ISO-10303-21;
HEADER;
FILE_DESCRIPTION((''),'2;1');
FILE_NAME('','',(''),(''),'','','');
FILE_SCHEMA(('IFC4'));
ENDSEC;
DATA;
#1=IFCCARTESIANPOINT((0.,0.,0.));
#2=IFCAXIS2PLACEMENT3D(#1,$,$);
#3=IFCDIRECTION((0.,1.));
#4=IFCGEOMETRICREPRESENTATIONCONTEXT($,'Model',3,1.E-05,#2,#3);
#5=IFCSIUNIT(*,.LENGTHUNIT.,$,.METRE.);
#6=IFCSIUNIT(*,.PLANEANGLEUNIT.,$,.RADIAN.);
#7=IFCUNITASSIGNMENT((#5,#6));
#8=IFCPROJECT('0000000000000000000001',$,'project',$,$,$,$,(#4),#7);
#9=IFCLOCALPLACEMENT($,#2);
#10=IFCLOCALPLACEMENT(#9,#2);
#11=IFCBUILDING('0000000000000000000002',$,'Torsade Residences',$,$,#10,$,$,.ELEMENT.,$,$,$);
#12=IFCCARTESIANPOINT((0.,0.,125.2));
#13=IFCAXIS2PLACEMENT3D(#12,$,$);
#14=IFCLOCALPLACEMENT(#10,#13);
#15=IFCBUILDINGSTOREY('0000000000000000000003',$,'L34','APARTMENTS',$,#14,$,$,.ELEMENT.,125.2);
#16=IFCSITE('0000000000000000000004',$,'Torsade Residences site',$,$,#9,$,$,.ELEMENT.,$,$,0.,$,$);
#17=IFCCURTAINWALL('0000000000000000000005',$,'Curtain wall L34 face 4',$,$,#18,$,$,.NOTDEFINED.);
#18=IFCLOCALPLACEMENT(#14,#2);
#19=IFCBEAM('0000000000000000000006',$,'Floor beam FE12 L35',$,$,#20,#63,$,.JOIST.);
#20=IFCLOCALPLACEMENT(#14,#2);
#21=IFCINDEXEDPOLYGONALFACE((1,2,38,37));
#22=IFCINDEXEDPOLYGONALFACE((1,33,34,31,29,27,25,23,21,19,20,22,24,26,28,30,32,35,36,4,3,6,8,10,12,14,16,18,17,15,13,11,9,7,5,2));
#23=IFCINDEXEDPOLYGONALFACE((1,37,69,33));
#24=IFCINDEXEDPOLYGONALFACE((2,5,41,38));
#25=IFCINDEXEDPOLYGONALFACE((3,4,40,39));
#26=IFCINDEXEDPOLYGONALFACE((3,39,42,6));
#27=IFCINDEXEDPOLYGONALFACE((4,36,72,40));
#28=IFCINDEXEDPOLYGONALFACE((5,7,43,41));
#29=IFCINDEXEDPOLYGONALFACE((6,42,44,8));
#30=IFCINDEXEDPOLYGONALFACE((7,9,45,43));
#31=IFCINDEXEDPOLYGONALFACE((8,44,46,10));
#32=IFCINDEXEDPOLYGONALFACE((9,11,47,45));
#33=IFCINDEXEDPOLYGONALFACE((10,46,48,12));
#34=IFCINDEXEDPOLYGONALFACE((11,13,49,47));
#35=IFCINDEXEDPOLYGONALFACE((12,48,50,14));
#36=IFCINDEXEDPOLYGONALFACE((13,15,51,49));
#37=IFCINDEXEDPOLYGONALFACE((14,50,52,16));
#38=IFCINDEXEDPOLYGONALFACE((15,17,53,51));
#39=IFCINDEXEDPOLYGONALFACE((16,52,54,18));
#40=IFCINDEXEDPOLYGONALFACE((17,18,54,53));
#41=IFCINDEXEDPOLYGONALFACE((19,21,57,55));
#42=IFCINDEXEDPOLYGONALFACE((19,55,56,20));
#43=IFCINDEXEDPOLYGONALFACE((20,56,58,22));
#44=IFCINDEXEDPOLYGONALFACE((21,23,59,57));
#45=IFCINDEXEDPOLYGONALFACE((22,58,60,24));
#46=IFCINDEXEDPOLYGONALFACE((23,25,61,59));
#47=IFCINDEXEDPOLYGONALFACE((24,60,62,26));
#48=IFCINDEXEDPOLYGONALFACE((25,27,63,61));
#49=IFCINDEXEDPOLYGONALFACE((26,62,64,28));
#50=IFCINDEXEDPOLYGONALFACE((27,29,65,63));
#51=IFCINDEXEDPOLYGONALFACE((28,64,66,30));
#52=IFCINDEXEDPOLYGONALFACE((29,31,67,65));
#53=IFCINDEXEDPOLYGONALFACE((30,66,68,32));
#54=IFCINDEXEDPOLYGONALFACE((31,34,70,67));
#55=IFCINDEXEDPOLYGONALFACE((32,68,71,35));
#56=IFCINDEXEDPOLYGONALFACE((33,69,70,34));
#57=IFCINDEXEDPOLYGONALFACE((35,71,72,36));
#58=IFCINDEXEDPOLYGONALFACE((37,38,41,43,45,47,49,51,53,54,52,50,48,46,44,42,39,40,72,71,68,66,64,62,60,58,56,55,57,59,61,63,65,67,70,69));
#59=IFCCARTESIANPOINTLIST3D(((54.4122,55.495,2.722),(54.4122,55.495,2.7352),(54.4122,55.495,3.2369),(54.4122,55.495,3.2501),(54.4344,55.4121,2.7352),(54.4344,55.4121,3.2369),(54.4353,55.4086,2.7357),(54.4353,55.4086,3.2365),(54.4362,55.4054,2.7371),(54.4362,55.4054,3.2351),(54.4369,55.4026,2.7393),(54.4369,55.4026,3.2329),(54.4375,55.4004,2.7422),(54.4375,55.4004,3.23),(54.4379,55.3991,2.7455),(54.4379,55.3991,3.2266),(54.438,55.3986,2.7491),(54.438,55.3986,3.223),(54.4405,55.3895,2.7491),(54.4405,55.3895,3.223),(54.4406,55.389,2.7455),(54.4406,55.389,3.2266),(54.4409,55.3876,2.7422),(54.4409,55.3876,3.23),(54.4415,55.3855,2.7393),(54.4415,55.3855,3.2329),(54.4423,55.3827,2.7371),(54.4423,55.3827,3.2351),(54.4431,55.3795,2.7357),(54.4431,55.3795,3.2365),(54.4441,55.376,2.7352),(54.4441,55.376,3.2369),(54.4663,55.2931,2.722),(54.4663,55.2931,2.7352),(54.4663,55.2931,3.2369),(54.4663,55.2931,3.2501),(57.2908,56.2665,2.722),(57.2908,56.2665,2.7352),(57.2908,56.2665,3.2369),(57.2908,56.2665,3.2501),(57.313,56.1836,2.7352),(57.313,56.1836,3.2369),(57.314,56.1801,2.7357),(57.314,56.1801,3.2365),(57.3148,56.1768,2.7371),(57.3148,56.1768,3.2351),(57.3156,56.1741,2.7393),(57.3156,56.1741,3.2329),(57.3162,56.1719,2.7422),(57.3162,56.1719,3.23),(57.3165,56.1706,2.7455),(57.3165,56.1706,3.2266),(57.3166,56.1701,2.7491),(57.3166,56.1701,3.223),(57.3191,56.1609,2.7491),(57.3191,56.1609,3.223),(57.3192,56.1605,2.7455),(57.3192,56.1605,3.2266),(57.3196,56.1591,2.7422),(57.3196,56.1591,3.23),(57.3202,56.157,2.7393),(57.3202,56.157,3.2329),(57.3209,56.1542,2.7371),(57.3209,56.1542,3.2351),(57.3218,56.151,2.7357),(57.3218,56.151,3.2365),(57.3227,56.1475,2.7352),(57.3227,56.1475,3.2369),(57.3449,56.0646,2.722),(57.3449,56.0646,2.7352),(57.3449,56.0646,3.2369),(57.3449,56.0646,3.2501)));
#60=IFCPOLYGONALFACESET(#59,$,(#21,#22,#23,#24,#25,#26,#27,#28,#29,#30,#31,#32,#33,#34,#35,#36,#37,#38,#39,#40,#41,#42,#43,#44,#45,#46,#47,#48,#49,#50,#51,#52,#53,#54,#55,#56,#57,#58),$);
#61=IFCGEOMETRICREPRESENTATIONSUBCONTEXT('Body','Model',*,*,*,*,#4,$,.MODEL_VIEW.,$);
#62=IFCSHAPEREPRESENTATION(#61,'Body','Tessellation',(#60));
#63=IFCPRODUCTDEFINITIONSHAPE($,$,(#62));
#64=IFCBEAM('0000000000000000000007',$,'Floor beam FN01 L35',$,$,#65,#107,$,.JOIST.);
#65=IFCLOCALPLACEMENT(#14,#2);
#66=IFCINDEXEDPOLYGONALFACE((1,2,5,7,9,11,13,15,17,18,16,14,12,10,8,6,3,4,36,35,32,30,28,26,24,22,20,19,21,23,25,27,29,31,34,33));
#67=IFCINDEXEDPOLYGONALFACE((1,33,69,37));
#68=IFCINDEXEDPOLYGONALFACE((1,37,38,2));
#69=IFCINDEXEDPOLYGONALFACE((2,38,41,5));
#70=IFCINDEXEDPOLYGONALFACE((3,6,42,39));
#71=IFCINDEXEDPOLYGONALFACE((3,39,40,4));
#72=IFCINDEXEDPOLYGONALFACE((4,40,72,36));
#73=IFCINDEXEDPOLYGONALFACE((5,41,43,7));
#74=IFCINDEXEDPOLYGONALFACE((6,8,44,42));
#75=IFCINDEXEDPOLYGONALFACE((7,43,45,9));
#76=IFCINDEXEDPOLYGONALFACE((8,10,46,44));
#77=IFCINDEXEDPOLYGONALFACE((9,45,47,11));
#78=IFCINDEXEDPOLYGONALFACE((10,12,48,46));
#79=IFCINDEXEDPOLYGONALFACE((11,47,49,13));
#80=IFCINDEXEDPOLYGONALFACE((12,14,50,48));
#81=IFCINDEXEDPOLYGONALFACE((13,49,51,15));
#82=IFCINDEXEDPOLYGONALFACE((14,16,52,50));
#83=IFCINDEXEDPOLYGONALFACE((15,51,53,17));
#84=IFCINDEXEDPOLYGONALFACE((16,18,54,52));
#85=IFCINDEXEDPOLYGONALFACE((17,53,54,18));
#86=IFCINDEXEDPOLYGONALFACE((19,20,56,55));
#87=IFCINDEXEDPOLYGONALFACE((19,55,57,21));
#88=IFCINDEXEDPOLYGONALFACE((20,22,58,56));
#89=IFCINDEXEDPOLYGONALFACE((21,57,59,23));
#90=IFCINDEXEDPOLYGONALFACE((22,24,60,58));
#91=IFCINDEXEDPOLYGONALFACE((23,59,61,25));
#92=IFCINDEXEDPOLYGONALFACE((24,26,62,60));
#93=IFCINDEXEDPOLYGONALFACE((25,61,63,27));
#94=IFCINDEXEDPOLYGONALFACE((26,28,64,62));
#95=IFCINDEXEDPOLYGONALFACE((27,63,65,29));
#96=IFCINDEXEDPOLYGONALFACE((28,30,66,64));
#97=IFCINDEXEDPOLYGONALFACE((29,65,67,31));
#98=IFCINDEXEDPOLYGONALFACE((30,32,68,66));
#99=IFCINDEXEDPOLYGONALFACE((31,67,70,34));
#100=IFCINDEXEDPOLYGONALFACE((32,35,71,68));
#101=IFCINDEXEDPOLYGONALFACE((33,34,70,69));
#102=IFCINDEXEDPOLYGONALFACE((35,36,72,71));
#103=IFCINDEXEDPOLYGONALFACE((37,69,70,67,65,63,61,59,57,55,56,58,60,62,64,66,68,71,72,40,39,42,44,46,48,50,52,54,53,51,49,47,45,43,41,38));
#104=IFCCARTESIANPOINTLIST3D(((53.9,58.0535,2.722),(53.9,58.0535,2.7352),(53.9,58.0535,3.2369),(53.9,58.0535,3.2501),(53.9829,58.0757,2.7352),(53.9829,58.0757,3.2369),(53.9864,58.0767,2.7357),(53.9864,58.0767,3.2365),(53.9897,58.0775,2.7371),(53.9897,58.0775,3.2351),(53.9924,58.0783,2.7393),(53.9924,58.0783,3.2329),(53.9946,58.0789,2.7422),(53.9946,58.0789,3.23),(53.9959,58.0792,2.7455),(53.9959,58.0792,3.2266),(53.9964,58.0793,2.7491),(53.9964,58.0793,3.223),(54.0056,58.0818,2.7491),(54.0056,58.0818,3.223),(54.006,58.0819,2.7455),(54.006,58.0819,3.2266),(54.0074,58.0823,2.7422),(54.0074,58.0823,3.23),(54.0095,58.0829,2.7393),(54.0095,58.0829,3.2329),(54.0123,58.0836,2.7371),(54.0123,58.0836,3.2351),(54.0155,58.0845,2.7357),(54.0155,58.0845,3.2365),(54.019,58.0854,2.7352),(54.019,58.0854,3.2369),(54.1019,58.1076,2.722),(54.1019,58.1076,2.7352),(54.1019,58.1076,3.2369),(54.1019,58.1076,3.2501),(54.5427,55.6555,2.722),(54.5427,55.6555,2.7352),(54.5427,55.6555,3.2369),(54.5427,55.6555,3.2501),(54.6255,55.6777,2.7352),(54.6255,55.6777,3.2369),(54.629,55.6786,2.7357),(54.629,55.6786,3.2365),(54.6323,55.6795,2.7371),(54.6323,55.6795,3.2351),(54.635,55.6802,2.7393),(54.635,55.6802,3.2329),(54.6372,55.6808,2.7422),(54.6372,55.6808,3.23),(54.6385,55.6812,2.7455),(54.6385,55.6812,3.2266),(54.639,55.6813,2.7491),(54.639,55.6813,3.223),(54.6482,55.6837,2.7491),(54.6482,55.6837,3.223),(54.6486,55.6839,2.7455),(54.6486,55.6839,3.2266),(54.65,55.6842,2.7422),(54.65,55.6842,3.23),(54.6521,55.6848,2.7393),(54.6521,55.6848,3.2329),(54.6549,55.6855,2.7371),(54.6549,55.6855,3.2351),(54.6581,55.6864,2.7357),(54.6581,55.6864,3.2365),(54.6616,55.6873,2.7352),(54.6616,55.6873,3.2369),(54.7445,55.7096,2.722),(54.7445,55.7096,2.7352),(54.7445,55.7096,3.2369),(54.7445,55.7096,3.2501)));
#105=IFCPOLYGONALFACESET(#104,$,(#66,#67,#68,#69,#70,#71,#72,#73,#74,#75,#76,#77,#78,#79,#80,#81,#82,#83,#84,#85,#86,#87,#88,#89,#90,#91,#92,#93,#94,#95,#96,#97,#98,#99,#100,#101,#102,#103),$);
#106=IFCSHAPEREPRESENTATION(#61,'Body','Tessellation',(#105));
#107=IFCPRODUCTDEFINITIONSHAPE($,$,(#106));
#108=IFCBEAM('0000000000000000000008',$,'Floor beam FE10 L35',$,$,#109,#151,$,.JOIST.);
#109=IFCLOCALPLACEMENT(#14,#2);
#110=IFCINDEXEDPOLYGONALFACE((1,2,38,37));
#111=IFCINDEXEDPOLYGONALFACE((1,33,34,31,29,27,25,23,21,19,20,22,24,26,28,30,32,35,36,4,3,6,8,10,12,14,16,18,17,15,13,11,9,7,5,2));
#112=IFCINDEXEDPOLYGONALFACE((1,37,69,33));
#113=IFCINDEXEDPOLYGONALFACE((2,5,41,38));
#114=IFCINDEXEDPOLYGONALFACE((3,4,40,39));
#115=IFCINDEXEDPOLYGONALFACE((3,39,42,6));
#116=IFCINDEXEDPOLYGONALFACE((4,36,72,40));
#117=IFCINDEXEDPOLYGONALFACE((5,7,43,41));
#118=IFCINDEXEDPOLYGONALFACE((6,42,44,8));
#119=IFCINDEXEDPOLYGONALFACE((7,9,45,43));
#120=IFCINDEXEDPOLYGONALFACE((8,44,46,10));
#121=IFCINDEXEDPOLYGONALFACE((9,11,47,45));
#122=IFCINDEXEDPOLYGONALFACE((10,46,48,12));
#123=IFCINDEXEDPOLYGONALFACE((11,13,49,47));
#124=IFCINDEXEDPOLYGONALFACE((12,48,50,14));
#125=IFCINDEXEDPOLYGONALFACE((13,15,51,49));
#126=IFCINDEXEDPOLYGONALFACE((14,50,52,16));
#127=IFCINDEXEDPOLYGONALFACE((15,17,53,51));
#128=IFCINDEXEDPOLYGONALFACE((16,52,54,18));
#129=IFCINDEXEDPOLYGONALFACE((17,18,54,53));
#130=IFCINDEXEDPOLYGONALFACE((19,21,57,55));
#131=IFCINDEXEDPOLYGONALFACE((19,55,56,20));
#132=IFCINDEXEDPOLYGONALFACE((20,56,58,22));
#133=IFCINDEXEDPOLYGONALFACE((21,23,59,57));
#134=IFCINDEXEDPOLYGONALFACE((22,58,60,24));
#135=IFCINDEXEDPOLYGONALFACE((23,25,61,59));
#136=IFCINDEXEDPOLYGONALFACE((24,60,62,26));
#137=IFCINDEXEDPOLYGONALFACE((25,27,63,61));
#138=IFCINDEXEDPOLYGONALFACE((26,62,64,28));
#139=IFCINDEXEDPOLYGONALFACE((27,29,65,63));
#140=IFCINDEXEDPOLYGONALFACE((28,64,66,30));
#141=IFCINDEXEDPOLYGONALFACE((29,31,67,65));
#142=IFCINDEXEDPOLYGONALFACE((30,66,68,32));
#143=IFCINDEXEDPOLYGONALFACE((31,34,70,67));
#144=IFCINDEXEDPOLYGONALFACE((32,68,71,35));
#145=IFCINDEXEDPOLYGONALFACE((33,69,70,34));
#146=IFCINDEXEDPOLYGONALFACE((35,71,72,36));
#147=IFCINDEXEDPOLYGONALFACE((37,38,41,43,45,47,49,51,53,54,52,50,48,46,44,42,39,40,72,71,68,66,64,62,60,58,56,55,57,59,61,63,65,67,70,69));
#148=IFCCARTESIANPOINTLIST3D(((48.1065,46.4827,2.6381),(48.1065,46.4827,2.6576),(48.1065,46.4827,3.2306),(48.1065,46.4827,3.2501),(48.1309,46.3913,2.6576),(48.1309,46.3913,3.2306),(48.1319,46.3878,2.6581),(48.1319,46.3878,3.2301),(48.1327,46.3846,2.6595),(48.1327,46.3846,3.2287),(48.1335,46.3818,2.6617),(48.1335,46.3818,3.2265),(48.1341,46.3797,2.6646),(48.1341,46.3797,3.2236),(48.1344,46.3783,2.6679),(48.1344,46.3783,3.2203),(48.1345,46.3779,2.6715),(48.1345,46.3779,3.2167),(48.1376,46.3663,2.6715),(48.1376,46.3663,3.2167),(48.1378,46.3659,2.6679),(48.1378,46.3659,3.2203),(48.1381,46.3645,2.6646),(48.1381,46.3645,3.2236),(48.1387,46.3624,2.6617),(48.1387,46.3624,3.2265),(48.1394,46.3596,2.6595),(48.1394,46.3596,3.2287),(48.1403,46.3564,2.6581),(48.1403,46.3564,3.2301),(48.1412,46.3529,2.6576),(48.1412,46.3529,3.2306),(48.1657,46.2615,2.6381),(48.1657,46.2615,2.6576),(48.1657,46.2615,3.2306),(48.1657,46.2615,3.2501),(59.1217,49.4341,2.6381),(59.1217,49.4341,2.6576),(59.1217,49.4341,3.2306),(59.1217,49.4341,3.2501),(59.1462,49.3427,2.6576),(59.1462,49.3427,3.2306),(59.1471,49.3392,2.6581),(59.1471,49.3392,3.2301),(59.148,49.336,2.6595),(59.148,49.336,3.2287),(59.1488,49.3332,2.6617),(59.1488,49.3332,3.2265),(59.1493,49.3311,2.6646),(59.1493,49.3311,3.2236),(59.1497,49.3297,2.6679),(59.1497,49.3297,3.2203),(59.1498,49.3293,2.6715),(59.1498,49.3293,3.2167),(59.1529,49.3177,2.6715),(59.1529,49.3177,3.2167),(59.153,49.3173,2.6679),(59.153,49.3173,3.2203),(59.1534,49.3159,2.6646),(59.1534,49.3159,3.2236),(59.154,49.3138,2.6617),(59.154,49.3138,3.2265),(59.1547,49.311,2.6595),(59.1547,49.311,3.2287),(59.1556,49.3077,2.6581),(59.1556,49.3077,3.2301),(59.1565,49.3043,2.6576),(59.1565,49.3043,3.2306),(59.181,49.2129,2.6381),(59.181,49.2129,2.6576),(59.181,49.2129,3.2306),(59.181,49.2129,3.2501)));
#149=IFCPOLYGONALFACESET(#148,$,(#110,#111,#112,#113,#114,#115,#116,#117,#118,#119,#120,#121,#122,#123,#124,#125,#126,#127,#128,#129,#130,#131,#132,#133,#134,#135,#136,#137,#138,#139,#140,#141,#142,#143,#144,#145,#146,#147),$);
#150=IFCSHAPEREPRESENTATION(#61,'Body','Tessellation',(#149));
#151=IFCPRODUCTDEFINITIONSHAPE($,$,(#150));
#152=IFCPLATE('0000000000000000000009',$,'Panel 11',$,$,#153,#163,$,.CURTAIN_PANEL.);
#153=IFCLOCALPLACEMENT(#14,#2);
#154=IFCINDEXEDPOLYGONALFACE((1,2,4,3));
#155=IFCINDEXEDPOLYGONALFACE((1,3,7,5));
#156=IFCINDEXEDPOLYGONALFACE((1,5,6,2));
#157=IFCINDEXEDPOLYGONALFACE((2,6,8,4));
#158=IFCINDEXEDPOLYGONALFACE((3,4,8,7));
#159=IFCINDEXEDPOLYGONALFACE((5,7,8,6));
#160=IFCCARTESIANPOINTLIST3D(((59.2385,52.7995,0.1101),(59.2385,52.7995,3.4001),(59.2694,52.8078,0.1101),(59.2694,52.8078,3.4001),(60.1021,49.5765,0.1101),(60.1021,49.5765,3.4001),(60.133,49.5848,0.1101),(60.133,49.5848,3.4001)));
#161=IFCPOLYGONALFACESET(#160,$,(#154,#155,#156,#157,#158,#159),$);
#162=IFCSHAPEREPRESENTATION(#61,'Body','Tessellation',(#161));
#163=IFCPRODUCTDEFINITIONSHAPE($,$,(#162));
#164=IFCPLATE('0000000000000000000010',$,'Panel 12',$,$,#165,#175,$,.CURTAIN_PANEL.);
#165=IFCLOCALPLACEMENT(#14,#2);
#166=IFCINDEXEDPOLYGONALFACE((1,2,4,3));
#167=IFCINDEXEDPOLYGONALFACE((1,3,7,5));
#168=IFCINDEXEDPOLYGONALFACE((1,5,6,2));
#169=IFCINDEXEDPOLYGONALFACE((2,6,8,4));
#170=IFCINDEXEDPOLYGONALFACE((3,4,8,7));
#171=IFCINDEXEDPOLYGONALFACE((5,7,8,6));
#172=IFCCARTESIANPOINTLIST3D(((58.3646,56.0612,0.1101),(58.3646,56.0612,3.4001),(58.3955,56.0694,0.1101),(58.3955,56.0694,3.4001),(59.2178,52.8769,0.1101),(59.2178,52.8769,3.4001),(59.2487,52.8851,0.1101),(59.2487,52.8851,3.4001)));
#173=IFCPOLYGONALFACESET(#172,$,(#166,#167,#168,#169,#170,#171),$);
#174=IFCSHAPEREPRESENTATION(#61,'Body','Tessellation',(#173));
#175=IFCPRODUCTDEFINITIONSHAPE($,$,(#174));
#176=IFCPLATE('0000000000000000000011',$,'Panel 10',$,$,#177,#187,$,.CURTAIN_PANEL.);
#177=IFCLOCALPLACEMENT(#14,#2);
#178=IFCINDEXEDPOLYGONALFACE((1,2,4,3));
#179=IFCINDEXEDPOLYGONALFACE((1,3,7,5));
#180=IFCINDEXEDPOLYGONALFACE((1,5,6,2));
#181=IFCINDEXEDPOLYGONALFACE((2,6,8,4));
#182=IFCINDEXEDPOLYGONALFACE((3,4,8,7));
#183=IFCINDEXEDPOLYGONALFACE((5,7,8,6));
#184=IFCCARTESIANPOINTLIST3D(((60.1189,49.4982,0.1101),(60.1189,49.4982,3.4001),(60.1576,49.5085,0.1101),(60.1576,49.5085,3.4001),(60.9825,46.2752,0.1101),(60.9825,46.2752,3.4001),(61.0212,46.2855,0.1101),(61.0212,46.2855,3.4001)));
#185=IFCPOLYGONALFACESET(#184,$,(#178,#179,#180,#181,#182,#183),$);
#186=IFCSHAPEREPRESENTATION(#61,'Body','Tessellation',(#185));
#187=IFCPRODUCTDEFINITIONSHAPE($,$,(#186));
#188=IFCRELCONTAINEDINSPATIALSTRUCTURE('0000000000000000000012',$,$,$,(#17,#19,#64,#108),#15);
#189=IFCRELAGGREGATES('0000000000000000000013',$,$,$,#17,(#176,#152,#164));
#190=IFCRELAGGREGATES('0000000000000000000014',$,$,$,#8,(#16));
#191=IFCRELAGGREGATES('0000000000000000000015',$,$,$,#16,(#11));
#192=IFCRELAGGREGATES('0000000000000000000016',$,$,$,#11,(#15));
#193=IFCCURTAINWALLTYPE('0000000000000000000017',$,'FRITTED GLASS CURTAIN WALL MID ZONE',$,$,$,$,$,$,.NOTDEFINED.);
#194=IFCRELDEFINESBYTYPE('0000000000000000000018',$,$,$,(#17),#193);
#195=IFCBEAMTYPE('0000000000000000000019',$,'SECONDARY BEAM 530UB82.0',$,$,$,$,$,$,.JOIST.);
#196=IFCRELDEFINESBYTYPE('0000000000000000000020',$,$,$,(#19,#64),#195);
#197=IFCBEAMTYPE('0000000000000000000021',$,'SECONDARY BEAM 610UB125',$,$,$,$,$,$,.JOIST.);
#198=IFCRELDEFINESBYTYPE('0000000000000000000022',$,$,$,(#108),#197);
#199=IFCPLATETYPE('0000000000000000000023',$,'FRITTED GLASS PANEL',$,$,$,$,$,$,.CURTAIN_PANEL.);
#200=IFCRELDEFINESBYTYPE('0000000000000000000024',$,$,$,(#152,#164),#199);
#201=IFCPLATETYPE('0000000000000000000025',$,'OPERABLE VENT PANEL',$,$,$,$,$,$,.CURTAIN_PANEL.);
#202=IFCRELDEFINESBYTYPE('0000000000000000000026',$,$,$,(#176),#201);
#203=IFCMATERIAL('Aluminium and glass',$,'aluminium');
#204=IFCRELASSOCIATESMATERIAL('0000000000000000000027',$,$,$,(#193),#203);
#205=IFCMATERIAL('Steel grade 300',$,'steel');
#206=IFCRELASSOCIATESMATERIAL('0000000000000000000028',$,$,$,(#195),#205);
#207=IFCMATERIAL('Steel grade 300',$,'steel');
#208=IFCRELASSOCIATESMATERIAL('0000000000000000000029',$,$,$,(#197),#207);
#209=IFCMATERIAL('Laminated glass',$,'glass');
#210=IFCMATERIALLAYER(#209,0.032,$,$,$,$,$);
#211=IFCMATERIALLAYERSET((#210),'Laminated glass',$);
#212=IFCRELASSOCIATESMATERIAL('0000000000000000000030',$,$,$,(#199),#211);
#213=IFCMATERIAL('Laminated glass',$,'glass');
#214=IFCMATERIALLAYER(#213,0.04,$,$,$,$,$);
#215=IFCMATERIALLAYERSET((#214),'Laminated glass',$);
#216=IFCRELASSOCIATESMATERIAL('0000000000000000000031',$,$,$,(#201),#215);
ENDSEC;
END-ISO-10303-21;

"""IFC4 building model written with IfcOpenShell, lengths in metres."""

from ifc_helpers import new_model, si_unit, direction, frame, origin, origin_2d, place, context, subcontext, project, spatial, rectangle, i_section, extrude, material, layer, layer_set, material_profile, profile_set, type_object, element, aggregate, save


model = new_model("IFC4")

# Units and contexts
model_context = context("Model", 3, precision=1e-05, world=origin(), true_north=direction((0.0, 1.0)))
body_context = subcontext(model_context, "Body", "Model", "MODEL_VIEW")
ifc_project = project(units=[si_unit("LENGTHUNIT", "METRE"), si_unit("PLANEANGLEUNIT", "RADIAN")], contexts=[model_context])

# Site, building, storey
site_placement = place(None, origin())
site = spatial("IfcSite", under=ifc_project, at=site_placement, Name="Torsade Residences site", CompositionType="ELEMENT", RefElevation=0.0)
building_placement = place(site_placement, origin())
building = spatial("IfcBuilding", under=site, at=building_placement, Name="Torsade Residences", CompositionType="ELEMENT")
storey_placement = place(building_placement, frame((0.0, 0.0, 125.2)))
storey = spatial("IfcBuildingStorey", under=building, at=storey_placement, Name="L34", Description="APARTMENTS", CompositionType="ELEMENT", Elevation=125.2)

# Curtain wall
ifc_material_1 = material(Name="Aluminium and glass", Category="aluminium")
curtain_wall_type = type_object("IfcCurtainWallType", Name="FRITTED GLASS CURTAIN WALL MID ZONE", PredefinedType="NOTDEFINED", material=ifc_material_1)
curtain_wall_1_placement = place(storey_placement, origin())
curtain_wall_1 = element("IfcCurtainWall", 1, at=curtain_wall_1_placement, inside=storey, type_object=curtain_wall_type, Name="Curtain wall L34 face 4", PredefinedType="NOTDEFINED")

# Beams
ifc_material_2 = material(Name="Steel grade 300", Category="steel")
ifc_material_profile_1 = material_profile(ifc_material_2, i_section(OverallWidth=0.209, OverallDepth=0.5281, WebThickness=0.0095, FlangeThickness=0.0132, FilletRadius=0.0139, at=origin_2d()), Name="530UB82.0")
ifc_profile_set_1 = profile_set([ifc_material_profile_1], Name="Steel grade 300")
beam_type_1 = type_object("IfcBeamType", Name="SECONDARY BEAM 530UB82.0", PredefinedType="JOIST", material=ifc_profile_set_1)
beam_1_placement = place(storey_placement, frame((57.3179, 56.1655, 2.9861), z_axis=(-0.965913, -0.258866, 0.0), x_axis=(0.258866, -0.965913, 0.0)))
element("IfcBeam", 2, at=beam_1_placement, inside=storey, type_object=beam_type_1, Name="Floor beam FE12 L35", PredefinedType="JOIST", context=body_context, shape_type="SweptSolid", body=[
    extrude(i_section(OverallWidth=0.209, OverallDepth=0.5281, WebThickness=0.0095, FlangeThickness=0.0132, FilletRadius=0.0139, at=origin_2d()), origin(), (0.0, 0.0, 1.0), 2.9802),
])
beam_2_placement = place(storey_placement, frame((54.001, 58.0806, 2.9861), z_axis=(0.258838, -0.965921, 0.0), x_axis=(0.965921, 0.258838, 0.0)))
element("IfcBeam", 3, at=beam_2_placement, inside=storey, type_object=beam_type_1, Name="Floor beam FN01 L35", PredefinedType="JOIST", context=body_context, shape_type="SweptSolid", body=[
    extrude(i_section(OverallWidth=0.209, OverallDepth=0.5281, WebThickness=0.0095, FlangeThickness=0.0132, FilletRadius=0.0139, at=origin_2d()), origin(), (0.0, 0.0, 1.0), 2.4827),
])
ifc_material_3 = material(Name="Steel grade 300", Category="steel")
ifc_material_profile_2 = material_profile(ifc_material_3, i_section(OverallWidth=0.229, OverallDepth=0.6121, WebThickness=0.012, FlangeThickness=0.0195, FilletRadius=0.0139, at=origin_2d()), Name="610UB125")
ifc_profile_set_2 = profile_set([ifc_material_profile_2], Name="Steel grade 300")
beam_type_2 = type_object("IfcBeamType", Name="SECONDARY BEAM 610UB125", PredefinedType="JOIST", material=ifc_profile_set_2)
beam_3_placement = place(storey_placement, frame((59.1514, 49.3235, 2.9441), z_axis=(-0.965929, -0.258807, 0.0), x_axis=(0.258807, -0.965929, 0.0)))
element("IfcBeam", 4, at=beam_3_placement, inside=storey, type_object=beam_type_2, Name="Floor beam FE10 L35", PredefinedType="JOIST", context=body_context, shape_type="SweptSolid", body=[
    extrude(i_section(OverallWidth=0.229, OverallDepth=0.6121, WebThickness=0.012, FlangeThickness=0.0195, FilletRadius=0.0139, at=origin_2d()), origin(), (0.0, 0.0, 1.0), 11.4038),
])

# Plates
ifc_material_4 = material(Name="Laminated glass", Category="glass")
ifc_layer_1 = layer(ifc_material_4, 0.032)
ifc_layer_set_1 = layer_set([ifc_layer_1], Name="Laminated glass")
plate_type_1 = type_object("IfcPlateType", Name="FRITTED GLASS PANEL", PredefinedType="CURTAIN_PANEL", material=ifc_layer_set_1)
plate_1_placement = place(storey_placement, frame((59.6858, 51.1921, 0.1101), z_axis=(0.0, 0.0, 1.0), x_axis=(-0.258819, 0.965926, 0.0)))
plate_1 = element("IfcPlate", 5, at=plate_1_placement, type_object=plate_type_1, Name="Panel 11", PredefinedType="CURTAIN_PANEL", context=body_context, shape_type="SweptSolid", body=[
    extrude(rectangle(XDim=3.3367, YDim=0.032, at=origin_2d()), origin(), (0.0, 0.0, 1.0), 3.29),
])
plate_2_placement = place(storey_placement, frame((58.8066, 54.4731, 0.1101), z_axis=(0.0, 0.0, 1.0), x_axis=(-0.258819, 0.965926, 0.0)))
plate_2 = element("IfcPlate", 6, at=plate_2_placement, type_object=plate_type_1, Name="Panel 12", PredefinedType="CURTAIN_PANEL", context=body_context, shape_type="SweptSolid", body=[
    extrude(rectangle(XDim=3.2966, YDim=0.032, at=origin_2d()), origin(), (0.0, 0.0, 1.0), 3.29),
])
ifc_material_5 = material(Name="Laminated glass", Category="glass")
ifc_layer_2 = layer(ifc_material_5, 0.04)
ifc_layer_set_2 = layer_set([ifc_layer_2], Name="Laminated glass")
plate_type_2 = type_object("IfcPlateType", Name="OPERABLE VENT PANEL", PredefinedType="CURTAIN_PANEL", material=ifc_layer_set_2)
plate_3_placement = place(storey_placement, frame((60.5701, 47.8918, 0.1101), z_axis=(0.0, 0.0, 1.0), x_axis=(-0.258819, 0.965926, 0.0)))
plate_3 = element("IfcPlate", 7, at=plate_3_placement, type_object=plate_type_2, Name="Panel 10", PredefinedType="CURTAIN_PANEL", context=body_context, shape_type="SweptSolid", body=[
    extrude(rectangle(XDim=3.3367, YDim=0.04, at=origin_2d()), origin(), (0.0, 0.0, 1.0), 3.29),
])
aggregate(curtain_wall_1, [plate_3, plate_1, plate_2])

save(model, "model.ifc")
